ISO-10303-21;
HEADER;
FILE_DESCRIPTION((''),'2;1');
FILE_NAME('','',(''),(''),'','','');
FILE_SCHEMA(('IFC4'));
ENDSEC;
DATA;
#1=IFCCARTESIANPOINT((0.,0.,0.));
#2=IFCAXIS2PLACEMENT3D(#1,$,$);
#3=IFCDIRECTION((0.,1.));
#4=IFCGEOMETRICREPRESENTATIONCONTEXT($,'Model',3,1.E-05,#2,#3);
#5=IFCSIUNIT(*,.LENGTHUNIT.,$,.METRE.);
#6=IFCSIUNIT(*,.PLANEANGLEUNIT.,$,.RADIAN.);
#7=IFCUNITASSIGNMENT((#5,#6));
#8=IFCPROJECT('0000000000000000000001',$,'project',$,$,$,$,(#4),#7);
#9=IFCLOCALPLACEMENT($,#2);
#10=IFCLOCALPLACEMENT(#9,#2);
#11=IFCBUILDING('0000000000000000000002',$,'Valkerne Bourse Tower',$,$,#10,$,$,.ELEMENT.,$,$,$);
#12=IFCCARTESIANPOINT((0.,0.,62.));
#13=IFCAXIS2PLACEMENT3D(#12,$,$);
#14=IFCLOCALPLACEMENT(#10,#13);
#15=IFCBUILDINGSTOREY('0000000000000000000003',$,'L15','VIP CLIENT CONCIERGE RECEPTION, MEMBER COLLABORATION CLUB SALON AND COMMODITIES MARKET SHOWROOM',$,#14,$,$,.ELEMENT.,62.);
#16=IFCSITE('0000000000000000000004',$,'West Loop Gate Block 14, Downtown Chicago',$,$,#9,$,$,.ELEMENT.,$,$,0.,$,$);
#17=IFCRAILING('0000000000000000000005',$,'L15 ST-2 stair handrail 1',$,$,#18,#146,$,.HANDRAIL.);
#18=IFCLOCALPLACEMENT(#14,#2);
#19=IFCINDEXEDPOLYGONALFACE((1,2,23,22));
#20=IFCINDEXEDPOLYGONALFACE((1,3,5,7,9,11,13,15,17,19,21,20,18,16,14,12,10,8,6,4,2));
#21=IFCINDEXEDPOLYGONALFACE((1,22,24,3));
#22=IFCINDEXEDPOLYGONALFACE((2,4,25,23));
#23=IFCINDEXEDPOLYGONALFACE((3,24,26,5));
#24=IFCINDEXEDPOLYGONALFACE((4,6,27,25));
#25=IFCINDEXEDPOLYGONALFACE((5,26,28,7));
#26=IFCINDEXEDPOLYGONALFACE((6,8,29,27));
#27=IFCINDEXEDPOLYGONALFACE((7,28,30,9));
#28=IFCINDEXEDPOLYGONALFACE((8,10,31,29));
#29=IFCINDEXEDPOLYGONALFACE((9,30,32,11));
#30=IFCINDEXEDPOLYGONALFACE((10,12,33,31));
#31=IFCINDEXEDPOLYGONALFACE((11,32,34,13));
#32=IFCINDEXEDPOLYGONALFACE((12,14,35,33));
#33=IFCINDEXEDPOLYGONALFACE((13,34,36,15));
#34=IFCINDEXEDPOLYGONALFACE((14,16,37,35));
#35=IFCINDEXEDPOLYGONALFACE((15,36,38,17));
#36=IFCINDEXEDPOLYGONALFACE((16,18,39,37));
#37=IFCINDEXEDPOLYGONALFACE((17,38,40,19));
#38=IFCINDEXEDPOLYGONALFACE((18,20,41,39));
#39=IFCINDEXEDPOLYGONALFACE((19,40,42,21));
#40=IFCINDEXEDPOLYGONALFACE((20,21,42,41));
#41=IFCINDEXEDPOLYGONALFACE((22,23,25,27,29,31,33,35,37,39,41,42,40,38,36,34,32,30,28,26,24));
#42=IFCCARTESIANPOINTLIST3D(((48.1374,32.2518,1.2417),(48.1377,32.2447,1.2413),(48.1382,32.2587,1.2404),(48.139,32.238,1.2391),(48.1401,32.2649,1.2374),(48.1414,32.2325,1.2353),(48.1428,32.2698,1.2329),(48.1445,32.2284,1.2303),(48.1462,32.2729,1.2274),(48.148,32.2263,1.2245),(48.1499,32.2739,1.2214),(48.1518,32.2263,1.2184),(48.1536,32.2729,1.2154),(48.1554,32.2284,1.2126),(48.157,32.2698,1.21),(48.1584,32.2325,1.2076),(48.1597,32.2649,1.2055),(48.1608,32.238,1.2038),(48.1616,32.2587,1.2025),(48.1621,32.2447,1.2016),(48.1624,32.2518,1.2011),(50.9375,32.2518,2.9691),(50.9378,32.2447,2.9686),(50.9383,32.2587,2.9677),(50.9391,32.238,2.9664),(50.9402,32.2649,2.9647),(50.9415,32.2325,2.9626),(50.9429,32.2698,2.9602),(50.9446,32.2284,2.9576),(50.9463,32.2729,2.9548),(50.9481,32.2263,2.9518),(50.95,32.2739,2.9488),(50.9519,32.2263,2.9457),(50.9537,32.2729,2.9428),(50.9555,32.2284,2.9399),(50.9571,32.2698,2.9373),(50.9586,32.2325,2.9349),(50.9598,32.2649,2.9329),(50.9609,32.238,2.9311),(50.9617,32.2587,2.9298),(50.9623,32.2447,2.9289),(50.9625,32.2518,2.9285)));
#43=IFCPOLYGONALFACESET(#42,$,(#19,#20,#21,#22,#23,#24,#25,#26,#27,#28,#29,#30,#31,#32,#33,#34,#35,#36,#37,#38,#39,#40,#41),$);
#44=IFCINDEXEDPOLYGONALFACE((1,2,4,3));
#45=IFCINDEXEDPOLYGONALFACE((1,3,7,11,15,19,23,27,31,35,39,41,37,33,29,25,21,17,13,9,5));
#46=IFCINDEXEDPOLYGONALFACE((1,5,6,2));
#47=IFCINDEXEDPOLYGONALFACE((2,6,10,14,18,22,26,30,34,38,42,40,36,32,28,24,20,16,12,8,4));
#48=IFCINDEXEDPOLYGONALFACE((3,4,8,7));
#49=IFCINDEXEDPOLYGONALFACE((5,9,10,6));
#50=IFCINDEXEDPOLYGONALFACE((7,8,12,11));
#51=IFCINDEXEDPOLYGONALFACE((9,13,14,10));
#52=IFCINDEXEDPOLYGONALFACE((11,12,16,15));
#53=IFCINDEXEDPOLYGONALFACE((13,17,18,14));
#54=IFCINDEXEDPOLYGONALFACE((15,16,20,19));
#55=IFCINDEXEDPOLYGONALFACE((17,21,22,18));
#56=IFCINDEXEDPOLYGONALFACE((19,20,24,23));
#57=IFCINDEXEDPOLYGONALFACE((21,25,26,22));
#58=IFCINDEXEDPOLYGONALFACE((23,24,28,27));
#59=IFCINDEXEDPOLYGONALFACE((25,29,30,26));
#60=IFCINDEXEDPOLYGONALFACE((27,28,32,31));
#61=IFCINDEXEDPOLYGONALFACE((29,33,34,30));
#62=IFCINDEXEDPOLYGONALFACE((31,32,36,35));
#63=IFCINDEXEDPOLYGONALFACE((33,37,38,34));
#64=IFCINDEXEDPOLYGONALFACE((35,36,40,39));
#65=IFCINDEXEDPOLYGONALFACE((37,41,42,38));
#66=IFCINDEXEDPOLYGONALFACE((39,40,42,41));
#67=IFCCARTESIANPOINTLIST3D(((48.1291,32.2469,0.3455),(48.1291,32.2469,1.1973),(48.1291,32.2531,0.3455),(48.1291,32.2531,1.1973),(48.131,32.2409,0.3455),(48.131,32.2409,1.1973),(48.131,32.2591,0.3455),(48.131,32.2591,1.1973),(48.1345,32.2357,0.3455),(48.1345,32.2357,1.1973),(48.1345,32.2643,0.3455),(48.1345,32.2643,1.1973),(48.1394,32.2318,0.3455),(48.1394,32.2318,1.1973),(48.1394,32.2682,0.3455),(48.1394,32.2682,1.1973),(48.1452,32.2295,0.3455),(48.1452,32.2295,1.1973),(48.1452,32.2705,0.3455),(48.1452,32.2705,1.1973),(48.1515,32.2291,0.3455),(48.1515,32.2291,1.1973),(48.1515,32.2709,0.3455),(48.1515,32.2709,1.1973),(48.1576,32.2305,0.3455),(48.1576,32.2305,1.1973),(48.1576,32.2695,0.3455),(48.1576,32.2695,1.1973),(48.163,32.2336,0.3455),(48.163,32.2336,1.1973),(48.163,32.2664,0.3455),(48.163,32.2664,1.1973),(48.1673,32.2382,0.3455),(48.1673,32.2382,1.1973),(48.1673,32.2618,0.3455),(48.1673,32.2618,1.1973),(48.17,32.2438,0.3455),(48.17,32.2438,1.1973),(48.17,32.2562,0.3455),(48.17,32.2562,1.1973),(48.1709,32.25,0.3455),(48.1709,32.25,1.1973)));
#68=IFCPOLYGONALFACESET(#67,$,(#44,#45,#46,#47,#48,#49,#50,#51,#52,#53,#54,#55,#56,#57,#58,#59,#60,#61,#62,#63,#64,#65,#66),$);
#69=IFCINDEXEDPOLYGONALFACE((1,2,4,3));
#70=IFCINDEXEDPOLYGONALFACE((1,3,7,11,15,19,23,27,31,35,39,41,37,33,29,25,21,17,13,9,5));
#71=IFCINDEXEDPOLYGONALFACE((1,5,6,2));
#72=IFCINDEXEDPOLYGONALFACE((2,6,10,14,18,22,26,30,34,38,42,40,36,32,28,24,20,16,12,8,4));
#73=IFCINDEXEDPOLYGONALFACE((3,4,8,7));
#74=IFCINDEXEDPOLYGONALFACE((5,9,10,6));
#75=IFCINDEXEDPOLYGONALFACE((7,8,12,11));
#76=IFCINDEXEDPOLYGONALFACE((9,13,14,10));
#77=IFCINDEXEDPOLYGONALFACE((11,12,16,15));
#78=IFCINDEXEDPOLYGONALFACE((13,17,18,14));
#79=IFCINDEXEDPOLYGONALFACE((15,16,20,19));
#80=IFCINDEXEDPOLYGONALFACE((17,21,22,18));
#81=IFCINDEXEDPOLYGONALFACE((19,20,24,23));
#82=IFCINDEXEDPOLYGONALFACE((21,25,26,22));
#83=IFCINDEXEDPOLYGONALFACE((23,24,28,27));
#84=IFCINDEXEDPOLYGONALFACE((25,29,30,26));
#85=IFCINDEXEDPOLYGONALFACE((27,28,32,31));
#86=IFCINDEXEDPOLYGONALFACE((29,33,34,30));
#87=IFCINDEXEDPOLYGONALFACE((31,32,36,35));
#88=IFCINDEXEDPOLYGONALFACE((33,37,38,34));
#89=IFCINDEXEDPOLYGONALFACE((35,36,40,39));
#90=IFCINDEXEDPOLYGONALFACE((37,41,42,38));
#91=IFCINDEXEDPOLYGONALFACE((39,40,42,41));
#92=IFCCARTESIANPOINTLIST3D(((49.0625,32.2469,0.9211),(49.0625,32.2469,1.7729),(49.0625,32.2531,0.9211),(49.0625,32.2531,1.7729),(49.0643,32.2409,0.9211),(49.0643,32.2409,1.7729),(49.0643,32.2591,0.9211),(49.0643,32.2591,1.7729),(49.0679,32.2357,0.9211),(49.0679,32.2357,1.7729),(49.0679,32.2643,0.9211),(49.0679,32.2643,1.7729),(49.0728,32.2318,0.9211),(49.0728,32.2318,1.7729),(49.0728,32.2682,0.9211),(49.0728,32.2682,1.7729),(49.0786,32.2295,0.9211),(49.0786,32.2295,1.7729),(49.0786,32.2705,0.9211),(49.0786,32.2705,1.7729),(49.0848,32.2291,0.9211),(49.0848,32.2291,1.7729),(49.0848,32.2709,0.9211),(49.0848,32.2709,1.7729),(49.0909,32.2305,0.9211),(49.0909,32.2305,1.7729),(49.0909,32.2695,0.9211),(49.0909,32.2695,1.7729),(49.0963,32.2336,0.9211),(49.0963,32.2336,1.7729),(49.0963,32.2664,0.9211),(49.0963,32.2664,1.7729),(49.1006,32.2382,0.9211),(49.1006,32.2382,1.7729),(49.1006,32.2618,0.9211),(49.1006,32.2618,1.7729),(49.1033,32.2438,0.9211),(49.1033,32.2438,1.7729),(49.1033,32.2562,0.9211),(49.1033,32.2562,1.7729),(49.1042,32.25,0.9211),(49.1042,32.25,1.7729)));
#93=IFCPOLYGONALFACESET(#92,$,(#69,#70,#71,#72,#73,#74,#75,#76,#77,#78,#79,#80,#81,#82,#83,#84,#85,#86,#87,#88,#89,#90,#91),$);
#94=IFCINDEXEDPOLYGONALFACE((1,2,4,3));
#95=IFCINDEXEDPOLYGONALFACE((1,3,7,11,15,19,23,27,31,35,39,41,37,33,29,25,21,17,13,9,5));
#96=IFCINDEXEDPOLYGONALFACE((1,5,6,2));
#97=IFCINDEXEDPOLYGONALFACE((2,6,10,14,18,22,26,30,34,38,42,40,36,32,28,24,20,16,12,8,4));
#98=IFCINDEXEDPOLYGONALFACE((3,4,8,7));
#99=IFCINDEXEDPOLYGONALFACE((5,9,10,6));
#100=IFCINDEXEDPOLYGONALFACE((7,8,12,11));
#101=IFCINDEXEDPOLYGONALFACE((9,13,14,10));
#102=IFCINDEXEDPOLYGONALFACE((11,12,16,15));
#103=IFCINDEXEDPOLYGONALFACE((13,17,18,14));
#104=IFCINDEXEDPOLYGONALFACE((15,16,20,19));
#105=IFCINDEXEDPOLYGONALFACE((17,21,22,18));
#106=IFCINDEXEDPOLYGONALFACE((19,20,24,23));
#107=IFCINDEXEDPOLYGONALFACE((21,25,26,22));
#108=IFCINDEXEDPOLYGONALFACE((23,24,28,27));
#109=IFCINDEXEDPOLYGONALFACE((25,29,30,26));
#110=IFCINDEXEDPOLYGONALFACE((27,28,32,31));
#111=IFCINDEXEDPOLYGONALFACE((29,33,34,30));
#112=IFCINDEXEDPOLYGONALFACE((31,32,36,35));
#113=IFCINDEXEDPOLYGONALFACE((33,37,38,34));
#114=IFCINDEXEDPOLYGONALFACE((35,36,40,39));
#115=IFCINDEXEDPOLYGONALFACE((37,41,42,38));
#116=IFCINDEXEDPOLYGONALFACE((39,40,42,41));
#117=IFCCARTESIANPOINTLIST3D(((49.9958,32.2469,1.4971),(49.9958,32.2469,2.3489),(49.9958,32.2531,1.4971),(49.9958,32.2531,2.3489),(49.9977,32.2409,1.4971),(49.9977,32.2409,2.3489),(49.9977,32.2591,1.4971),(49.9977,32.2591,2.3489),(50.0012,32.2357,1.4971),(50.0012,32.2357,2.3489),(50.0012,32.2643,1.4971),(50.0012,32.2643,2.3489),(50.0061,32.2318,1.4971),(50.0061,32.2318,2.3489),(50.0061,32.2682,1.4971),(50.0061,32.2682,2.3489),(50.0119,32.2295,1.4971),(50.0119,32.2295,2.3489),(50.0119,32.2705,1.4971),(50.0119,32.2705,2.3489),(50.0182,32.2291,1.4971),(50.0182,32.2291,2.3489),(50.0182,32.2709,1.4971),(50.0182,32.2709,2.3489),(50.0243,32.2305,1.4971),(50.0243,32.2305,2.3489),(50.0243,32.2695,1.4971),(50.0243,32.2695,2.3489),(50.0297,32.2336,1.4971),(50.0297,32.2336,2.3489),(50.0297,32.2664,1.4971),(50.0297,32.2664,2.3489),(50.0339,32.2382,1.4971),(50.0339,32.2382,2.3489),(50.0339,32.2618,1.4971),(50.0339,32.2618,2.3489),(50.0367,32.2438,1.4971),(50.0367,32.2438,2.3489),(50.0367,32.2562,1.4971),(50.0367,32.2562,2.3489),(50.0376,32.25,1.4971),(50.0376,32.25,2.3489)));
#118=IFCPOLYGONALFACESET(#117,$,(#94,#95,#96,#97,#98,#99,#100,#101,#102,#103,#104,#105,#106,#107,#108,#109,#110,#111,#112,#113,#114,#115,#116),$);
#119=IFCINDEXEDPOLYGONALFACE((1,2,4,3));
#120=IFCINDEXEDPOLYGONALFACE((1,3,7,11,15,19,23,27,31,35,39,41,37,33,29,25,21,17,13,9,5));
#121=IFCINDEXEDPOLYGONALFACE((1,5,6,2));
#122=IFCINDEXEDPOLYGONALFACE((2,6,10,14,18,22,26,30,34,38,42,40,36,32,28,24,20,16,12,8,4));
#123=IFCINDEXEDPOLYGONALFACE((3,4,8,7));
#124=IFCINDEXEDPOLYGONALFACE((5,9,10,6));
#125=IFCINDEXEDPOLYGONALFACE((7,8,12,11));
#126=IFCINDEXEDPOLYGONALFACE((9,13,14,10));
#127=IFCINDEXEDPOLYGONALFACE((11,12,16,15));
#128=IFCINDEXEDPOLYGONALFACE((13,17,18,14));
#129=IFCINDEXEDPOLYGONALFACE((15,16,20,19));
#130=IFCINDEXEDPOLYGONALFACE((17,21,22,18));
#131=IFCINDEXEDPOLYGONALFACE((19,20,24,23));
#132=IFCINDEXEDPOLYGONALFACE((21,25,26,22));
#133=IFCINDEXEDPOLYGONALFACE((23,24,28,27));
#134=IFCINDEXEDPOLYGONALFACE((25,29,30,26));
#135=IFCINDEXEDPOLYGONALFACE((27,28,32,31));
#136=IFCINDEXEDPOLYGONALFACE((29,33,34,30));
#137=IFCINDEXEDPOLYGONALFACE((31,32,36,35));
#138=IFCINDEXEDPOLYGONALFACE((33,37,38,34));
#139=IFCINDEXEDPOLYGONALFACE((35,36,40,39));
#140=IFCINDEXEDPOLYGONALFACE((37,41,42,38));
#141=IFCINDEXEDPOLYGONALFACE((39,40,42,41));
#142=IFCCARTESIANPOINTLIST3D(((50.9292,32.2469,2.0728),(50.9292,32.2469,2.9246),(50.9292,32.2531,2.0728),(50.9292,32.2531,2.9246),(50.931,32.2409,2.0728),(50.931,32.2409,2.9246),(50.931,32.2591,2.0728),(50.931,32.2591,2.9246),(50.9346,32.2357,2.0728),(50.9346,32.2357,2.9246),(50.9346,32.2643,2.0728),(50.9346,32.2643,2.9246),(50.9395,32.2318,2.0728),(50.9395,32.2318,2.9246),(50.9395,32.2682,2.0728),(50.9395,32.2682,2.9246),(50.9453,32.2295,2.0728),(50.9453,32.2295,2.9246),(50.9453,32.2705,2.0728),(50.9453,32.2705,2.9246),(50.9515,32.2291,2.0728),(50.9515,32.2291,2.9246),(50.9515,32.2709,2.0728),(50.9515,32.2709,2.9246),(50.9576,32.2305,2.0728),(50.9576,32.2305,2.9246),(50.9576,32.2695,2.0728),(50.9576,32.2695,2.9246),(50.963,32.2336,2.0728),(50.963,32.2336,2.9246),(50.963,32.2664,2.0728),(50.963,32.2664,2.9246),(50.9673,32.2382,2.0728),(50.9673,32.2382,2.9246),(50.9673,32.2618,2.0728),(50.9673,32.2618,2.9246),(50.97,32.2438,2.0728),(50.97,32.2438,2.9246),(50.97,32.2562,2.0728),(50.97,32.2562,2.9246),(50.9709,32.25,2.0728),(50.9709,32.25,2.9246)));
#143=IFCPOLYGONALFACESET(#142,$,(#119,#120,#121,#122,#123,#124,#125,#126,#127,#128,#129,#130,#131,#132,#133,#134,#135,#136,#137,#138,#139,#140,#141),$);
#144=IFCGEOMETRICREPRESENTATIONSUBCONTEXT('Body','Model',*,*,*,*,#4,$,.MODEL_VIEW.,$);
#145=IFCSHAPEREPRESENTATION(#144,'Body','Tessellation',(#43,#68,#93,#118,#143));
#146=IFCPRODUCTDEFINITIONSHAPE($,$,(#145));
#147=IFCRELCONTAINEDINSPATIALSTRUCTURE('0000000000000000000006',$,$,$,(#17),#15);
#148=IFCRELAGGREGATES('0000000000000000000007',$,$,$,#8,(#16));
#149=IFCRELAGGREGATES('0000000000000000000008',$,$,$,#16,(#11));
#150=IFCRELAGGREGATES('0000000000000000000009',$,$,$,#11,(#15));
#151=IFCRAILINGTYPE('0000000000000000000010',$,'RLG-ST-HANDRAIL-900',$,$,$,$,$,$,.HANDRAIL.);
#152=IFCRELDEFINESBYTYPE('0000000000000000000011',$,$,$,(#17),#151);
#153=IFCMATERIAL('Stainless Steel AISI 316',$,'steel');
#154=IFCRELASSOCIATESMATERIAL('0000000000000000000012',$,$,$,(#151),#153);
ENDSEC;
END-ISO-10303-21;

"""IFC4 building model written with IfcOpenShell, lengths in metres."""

from ifc_helpers import new_model, si_unit, direction, frame, origin, origin_2d, place, context, subcontext, project, spatial, circle, extrude, material, type_object, element, save


model = new_model("IFC4")

# Units and contexts
model_context = context("Model", 3, precision=1e-05, world=origin(), true_north=direction((0.0, 1.0)))
body_context = subcontext(model_context, "Body", "Model", "MODEL_VIEW")
ifc_project = project(units=[si_unit("LENGTHUNIT", "METRE"), si_unit("PLANEANGLEUNIT", "RADIAN")], contexts=[model_context])

# Site, building, storey
site_placement = place(None, origin())
site = spatial("IfcSite", under=ifc_project, at=site_placement, Name="West Loop Gate Block 14, Downtown Chicago", CompositionType="ELEMENT", RefElevation=0.0)
building_placement = place(site_placement, origin())
building = spatial("IfcBuilding", under=site, at=building_placement, Name="Valkerne Bourse Tower", CompositionType="ELEMENT")
storey_placement = place(building_placement, frame((0.0, 0.0, 62.0)))
storey = spatial("IfcBuildingStorey", under=building, at=storey_placement, Name="L15", Description="VIP CLIENT CONCIERGE RECEPTION, MEMBER COLLABORATION CLUB SALON AND COMMODITIES MARKET SHOWROOM", CompositionType="ELEMENT", Elevation=62.0)

# Shared definitions
ifc_material_1 = material(Name="Stainless Steel AISI 316", Category="steel")

# Railing
railing_type_1 = type_object("IfcRailingType", Name="RLG-ST-HANDRAIL-900", PredefinedType="HANDRAIL", material=ifc_material_1)
railing_1_placement = place(storey_placement, frame((48.1499, 32.25, 0.3455)))
element("IfcRailing", 1, at=railing_1_placement, inside=storey, type_object=railing_type_1, Name="L15 ST-2 stair handrail 1", PredefinedType="HANDRAIL", context=body_context, shape_type="SweptSolid", body=[
    extrude(circle(Radius=0.0239, at=origin_2d()), frame((0.0, 0.0, 0.876), z_axis=(0.85109, 0.0, 0.52502), x_axis=(0.0, 1.0, 0.0)), (0.0, 0.0, 1.0), 3.29),
    extrude(circle(Radius=0.021, at=origin_2d()), origin(), (0.0, 0.0, 1.0), 0.8518),
    extrude(circle(Radius=0.021, at=origin_2d()), frame((0.9333, 0.0, 0.5757)), (0.0, 0.0, 1.0), 0.8518),
    extrude(circle(Radius=0.021, at=origin_2d()), frame((1.8667, 0.0, 1.1516)), (0.0, 0.0, 1.0), 0.8518),
    extrude(circle(Radius=0.021, at=origin_2d()), frame((2.8, 0.0, 1.7273)), (0.0, 0.0, 1.0), 0.8518),
])

save(model, "model.ifc")
